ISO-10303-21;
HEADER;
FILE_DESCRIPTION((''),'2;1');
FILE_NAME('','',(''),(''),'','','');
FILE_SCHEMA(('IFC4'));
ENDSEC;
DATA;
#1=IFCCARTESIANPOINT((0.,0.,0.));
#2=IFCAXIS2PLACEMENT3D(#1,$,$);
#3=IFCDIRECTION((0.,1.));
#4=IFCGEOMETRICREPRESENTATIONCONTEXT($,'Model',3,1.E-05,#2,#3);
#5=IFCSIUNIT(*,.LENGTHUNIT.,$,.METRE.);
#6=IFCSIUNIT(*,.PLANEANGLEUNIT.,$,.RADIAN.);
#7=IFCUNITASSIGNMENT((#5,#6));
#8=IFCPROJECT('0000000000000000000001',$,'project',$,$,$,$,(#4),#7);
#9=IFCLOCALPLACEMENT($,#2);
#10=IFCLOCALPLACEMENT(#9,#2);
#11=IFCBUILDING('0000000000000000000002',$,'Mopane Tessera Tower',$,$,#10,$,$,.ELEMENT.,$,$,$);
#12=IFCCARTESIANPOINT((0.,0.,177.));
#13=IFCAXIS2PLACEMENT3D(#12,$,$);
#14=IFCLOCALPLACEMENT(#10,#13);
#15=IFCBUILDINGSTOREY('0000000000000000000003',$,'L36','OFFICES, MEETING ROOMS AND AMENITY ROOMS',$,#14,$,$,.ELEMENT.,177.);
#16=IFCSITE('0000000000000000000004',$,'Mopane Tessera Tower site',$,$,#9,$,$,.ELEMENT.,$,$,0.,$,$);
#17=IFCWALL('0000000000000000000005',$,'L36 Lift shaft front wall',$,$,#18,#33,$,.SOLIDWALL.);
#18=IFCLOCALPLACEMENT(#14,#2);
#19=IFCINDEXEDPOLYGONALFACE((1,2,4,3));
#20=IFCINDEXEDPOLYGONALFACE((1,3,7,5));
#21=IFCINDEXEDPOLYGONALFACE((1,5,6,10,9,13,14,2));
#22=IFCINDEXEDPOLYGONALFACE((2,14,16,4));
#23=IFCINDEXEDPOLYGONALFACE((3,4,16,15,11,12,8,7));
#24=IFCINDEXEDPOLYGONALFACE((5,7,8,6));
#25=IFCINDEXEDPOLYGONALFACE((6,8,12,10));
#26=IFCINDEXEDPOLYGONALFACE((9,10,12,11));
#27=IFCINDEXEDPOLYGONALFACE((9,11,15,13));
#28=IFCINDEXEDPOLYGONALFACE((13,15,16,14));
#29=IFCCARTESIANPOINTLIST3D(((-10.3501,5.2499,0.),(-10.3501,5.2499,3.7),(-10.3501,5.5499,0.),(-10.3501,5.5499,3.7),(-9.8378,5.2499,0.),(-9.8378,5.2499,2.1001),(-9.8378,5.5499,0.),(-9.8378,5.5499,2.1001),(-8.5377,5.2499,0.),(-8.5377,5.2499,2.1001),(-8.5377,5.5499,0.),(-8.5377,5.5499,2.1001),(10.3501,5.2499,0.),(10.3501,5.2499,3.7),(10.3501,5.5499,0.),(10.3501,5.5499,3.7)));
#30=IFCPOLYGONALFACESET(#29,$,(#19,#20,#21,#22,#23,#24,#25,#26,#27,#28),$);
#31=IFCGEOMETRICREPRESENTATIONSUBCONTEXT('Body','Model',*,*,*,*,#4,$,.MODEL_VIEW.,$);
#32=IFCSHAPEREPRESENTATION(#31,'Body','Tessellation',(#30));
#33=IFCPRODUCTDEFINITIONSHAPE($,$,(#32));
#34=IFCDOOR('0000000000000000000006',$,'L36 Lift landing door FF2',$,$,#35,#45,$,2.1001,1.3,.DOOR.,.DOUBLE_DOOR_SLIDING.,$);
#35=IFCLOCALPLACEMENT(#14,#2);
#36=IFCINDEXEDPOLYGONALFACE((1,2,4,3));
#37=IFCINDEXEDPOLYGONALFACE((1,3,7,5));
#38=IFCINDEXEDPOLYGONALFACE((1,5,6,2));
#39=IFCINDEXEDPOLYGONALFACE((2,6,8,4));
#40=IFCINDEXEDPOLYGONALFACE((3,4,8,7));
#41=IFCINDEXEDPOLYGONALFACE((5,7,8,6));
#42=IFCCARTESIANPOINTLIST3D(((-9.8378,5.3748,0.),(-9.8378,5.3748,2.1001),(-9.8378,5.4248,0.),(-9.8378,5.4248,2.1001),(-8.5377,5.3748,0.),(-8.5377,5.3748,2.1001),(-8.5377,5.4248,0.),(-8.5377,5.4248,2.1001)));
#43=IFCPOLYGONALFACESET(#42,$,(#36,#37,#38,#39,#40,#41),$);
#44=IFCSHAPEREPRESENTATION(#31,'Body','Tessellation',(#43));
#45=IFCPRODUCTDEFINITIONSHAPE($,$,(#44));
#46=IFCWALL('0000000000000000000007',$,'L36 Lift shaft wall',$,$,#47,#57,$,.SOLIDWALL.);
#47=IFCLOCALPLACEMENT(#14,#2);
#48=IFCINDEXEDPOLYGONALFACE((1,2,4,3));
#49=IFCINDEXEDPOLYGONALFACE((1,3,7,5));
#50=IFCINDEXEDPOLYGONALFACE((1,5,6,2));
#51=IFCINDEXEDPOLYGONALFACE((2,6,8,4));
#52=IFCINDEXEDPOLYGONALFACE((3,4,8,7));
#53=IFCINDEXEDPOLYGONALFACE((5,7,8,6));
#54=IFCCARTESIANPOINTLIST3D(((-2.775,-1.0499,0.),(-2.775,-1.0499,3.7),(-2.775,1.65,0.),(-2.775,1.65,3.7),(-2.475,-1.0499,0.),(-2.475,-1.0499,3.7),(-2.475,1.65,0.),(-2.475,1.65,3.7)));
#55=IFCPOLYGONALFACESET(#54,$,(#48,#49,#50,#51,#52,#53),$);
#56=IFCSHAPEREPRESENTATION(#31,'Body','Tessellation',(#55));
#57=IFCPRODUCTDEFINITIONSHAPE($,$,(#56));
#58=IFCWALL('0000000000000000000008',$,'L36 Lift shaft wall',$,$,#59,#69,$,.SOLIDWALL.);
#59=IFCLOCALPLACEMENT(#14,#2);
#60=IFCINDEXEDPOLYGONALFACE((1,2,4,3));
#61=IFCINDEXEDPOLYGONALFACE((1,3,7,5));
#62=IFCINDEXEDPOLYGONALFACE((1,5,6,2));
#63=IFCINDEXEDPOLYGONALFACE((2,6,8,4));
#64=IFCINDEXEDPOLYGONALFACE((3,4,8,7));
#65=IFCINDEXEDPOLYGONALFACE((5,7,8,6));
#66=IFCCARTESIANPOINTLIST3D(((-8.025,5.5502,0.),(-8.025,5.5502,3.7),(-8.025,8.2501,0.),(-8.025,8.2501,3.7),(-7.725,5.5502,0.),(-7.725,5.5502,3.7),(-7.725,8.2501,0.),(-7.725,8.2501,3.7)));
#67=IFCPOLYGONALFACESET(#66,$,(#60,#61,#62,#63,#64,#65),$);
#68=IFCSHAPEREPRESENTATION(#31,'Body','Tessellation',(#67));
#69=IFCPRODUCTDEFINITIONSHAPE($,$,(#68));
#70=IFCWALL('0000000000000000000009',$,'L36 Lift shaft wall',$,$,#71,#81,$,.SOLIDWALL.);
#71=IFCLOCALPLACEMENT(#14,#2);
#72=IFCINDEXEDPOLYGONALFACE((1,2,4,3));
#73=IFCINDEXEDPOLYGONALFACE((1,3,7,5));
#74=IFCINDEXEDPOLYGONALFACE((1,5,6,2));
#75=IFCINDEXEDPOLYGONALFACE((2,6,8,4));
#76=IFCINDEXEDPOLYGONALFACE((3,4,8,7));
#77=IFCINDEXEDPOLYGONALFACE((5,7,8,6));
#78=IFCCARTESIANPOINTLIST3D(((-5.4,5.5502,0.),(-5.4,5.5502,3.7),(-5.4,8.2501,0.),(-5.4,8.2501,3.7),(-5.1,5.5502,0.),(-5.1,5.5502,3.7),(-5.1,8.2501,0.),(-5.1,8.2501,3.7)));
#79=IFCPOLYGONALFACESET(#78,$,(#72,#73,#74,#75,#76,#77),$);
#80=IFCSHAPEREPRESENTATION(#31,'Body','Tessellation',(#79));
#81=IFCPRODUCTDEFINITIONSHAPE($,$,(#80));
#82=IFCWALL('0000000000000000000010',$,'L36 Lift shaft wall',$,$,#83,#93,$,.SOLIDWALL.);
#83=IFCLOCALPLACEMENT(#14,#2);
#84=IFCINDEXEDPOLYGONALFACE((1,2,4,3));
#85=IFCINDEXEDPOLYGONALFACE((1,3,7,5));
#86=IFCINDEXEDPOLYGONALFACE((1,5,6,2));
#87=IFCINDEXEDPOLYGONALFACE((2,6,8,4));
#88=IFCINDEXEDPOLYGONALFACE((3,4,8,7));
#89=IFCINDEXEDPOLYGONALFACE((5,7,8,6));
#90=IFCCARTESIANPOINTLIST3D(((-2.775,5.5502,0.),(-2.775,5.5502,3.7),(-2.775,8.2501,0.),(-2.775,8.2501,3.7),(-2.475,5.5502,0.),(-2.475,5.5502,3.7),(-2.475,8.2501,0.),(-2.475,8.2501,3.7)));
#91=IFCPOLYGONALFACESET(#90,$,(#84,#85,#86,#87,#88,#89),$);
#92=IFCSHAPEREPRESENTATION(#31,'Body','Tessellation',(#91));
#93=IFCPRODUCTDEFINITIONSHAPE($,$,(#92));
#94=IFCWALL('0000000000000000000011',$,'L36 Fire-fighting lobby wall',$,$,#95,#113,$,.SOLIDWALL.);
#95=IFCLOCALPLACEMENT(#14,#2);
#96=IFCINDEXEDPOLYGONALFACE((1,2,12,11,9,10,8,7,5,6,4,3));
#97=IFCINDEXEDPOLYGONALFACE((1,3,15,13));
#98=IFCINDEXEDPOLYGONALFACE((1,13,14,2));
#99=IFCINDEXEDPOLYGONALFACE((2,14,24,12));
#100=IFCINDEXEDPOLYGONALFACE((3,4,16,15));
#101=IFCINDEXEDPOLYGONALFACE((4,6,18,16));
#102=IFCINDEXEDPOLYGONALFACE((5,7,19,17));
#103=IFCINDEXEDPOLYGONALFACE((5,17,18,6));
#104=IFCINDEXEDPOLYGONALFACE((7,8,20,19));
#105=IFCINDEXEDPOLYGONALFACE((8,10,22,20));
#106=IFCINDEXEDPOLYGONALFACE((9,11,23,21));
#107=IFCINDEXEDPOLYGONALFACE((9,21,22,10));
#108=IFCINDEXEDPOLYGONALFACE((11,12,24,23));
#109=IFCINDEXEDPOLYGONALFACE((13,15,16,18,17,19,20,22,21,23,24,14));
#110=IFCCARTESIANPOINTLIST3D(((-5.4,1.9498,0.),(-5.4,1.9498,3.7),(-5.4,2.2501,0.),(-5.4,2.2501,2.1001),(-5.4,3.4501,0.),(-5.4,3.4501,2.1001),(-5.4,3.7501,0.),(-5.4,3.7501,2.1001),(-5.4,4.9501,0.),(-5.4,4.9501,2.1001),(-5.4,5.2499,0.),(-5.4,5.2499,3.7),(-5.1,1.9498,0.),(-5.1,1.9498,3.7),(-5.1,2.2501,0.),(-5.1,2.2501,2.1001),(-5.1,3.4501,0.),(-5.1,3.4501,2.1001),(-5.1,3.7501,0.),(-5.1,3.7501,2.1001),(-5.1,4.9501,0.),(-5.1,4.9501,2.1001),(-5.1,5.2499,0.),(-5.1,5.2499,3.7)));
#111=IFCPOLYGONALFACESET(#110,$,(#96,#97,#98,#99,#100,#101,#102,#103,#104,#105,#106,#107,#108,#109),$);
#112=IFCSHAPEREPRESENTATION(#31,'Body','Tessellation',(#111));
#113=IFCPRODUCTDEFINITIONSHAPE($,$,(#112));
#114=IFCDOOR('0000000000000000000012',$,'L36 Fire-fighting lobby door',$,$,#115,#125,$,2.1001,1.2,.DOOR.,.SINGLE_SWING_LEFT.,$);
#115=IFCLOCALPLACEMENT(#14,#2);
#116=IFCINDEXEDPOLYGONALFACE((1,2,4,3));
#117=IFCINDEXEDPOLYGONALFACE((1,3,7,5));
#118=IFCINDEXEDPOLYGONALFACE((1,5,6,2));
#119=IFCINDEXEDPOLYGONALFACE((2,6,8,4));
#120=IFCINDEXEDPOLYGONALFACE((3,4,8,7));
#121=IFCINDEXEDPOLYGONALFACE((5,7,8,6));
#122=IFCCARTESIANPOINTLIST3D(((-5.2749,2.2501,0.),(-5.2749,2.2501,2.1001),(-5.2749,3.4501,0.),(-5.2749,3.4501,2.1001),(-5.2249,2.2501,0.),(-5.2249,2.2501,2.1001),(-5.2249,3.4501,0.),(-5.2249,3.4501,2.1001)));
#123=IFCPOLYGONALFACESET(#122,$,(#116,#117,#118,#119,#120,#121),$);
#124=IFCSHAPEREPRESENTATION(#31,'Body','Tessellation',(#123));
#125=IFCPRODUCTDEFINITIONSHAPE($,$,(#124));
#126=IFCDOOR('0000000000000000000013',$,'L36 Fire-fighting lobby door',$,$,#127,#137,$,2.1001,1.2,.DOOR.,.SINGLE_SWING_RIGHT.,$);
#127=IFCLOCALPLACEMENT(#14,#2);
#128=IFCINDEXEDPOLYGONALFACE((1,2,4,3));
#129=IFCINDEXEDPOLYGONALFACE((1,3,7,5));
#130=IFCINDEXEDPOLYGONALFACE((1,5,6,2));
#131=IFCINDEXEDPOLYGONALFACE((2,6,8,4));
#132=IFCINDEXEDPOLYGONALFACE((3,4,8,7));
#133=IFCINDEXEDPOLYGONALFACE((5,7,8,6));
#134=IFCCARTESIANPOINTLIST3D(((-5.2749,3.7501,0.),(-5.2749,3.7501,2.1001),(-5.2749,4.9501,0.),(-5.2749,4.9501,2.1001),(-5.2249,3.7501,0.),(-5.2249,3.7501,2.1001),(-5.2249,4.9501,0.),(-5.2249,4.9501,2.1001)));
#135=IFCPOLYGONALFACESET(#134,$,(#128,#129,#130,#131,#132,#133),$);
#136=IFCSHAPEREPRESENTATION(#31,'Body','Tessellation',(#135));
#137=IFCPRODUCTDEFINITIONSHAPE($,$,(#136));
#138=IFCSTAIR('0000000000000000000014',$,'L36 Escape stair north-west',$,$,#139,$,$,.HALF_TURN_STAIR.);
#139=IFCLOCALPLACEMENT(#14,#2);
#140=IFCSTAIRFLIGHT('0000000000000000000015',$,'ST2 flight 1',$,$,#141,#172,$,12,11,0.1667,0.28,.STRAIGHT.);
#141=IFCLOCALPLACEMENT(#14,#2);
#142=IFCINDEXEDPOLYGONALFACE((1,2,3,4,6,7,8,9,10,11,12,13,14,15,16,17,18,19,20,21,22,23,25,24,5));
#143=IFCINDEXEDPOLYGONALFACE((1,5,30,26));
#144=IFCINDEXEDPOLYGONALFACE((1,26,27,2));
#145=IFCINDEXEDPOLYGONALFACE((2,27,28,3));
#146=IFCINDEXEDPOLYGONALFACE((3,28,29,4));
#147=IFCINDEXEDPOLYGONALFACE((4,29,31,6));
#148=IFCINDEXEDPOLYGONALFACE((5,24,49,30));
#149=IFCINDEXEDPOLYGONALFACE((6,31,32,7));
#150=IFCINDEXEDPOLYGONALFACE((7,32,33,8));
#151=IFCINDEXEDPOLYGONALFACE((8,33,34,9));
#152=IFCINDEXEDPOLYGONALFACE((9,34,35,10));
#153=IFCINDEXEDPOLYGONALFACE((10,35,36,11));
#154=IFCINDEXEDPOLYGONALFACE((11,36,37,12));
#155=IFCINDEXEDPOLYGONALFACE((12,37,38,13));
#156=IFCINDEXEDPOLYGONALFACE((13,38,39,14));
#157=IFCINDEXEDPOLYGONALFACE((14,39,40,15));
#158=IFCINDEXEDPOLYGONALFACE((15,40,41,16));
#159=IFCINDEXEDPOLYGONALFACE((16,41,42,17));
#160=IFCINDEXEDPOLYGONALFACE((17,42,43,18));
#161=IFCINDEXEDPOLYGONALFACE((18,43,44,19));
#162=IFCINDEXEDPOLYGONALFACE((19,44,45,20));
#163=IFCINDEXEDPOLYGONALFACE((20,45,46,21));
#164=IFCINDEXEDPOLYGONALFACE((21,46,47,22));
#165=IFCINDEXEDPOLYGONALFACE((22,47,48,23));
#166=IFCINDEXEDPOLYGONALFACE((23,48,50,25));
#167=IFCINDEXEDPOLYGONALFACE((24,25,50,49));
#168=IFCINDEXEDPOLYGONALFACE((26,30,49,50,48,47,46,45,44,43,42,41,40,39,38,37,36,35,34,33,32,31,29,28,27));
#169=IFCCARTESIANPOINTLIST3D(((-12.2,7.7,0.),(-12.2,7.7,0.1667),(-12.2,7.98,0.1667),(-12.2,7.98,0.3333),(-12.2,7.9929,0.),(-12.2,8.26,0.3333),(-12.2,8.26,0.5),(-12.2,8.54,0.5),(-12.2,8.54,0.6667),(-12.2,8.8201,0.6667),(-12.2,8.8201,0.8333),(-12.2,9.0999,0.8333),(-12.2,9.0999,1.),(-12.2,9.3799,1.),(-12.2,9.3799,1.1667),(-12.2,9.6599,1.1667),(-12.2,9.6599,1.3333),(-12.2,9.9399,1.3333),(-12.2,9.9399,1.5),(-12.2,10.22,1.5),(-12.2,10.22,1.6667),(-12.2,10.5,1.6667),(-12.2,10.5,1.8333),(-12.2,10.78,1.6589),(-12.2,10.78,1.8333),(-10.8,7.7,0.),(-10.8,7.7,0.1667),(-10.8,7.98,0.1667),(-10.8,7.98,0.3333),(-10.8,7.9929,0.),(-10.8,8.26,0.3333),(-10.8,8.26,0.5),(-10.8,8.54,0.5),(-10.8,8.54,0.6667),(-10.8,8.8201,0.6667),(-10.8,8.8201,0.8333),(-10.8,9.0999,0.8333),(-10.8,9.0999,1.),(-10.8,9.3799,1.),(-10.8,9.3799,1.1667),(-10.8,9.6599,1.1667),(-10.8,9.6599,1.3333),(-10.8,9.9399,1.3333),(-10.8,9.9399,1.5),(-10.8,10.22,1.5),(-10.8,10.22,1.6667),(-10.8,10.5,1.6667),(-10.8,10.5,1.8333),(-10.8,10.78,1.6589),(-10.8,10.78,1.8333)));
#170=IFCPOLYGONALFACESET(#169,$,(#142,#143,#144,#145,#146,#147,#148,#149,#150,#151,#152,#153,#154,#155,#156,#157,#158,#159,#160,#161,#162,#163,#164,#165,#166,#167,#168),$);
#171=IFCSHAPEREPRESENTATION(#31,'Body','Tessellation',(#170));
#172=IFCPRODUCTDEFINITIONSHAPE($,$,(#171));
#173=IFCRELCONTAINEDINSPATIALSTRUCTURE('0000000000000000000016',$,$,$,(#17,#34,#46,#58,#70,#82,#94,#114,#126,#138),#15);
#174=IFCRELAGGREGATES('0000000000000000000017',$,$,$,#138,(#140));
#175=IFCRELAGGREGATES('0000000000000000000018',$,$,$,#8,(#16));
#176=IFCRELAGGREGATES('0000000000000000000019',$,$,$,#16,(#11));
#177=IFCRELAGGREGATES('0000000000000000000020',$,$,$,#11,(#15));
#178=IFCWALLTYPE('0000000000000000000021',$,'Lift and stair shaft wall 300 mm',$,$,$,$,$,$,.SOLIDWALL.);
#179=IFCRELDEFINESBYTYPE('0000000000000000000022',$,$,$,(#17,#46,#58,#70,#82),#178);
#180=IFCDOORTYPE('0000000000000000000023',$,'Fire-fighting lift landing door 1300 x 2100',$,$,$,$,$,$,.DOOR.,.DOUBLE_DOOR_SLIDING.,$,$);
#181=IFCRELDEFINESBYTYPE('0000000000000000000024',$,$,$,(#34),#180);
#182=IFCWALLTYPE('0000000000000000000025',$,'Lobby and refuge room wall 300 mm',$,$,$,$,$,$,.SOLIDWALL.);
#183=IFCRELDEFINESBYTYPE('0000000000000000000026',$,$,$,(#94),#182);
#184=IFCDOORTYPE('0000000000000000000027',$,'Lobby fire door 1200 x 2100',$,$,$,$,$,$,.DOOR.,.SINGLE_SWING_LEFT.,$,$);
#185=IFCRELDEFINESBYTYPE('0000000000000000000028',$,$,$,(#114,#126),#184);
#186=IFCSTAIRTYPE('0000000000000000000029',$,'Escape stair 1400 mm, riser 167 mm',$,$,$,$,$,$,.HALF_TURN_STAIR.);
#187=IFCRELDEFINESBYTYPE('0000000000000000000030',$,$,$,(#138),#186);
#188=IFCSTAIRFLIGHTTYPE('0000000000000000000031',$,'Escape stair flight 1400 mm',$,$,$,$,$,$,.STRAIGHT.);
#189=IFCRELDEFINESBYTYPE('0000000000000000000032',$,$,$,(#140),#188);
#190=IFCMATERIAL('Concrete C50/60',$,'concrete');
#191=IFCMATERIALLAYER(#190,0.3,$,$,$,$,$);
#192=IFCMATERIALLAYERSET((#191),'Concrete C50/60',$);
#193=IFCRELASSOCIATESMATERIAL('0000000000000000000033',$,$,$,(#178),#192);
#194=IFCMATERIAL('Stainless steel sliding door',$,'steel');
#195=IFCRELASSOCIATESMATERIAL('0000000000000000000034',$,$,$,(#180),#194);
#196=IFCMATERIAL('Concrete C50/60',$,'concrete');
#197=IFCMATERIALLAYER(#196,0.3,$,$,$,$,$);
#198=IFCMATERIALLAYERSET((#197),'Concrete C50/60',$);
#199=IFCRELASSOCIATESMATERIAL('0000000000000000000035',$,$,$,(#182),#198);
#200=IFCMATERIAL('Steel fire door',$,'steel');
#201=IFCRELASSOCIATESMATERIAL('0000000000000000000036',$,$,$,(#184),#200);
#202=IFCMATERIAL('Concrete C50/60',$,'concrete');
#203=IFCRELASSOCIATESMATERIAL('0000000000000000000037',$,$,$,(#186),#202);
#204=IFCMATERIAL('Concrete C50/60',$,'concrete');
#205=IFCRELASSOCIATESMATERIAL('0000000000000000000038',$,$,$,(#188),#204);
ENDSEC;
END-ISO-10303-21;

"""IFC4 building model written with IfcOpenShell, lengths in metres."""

from ifc_helpers import new_model, si_unit, direction, frame, frame_2d, origin, place, context, subcontext, project, spatial, polyline, rectangle, outline, extrude, material, layer, layer_set, type_object, element, fill, aggregate, save


model = new_model("IFC4")

# Units and contexts
model_context = context("Model", 3, precision=1e-05, world=origin(), true_north=direction((0.0, 1.0)))
body_context = subcontext(model_context, "Body", "Model", "MODEL_VIEW")
ifc_project = project(units=[si_unit("LENGTHUNIT", "METRE"), si_unit("PLANEANGLEUNIT", "RADIAN")], contexts=[model_context])

# Site, building, storey
site_placement = place(None, origin())
site = spatial("IfcSite", under=ifc_project, at=site_placement, Name="Mopane Tessera Tower site", CompositionType="ELEMENT", RefElevation=0.0)
building_placement = place(site_placement, origin())
building = spatial("IfcBuilding", under=site, at=building_placement, Name="Mopane Tessera Tower", CompositionType="ELEMENT")
storey_placement = place(building_placement, frame((0.0, 0.0, 177.0)))
storey = spatial("IfcBuildingStorey", under=building, at=storey_placement, Name="L36", Description="OFFICES, MEETING ROOMS AND AMENITY ROOMS", CompositionType="ELEMENT", Elevation=177.0)

# Shared definitions
ifc_material_1 = material(Name="Concrete C50/60", Category="concrete")
ifc_layer_1 = layer(ifc_material_1, 0.3)
ifc_layer_set_1 = layer_set([ifc_layer_1], Name="Concrete C50/60")
wall_type_1 = type_object("IfcWallType", Name="Lift and stair shaft wall 300 mm", PredefinedType="SOLIDWALL", material=ifc_layer_set_1)

# Shared definitions
ifc_material_2 = material(Name="Stainless steel sliding door", Category="steel")
door_type_1 = type_object("IfcDoorType", Name="Fire-fighting lift landing door 1300 x 2100", OperationType="DOUBLE_DOOR_SLIDING", PredefinedType="DOOR", material=ifc_material_2)

# Wall, opening, door
wall_1_placement = place(storey_placement, frame((-10.3501, 5.3999, 0.0), z_axis=(0.0, 0.0, 1.0), x_axis=(1.0, 0.0, 0.0)))
wall_1 = element("IfcWall", 1, at=wall_1_placement, inside=storey, type_object=wall_type_1, Name="L36 Lift shaft front wall", PredefinedType="SOLIDWALL", context=body_context, shape_type="SweptSolid", body=[
    extrude(rectangle(XDim=20.7002, YDim=0.3, at=frame_2d((10.3501, 0.0))), origin(), (0.0, 0.0, 1.0), 3.7),
])
opening_1_placement = place(wall_1_placement, frame((0.5125, 0.0, 0.0)))
opening_1 = element("IfcOpeningElement", 2, at=opening_1_placement, cuts=wall_1, PredefinedType="OPENING", context=body_context, shape_type="SweptSolid", body=[
    extrude(rectangle(XDim=1.3, YDim=2.1001, at=frame_2d((0.6499, 1.05))), frame((0.0, 0.1621, 0.0), z_axis=(0.0, -1.0, 0.0), x_axis=(1.0, 0.0, 0.0)), (0.0, 0.0, 1.0), 0.324),
])
door_1_placement = place(opening_1_placement, origin())
door_1 = element("IfcDoor", 3, at=door_1_placement, inside=storey, type_object=door_type_1, Name="L36 Lift landing door FF2", OperationType="DOUBLE_DOOR_SLIDING", OverallHeight=2.1001, OverallWidth=1.3, PredefinedType="DOOR", context=body_context, shape_type="SweptSolid", body=[
    extrude(rectangle(XDim=1.3, YDim=2.1001, at=frame_2d((0.6499, 1.05))), frame((0.0, 0.0249, 0.0), z_axis=(0.0, -1.0, 0.0), x_axis=(1.0, 0.0, 0.0)), (0.0, 0.0, 1.0), 0.05),
])
fill(opening_1, door_1)

# Walls
for number, where, z_axis, x_axis, name in (
    (4, (-2.625, -1.05, 0.0), (0.0, 0.0, 1.0), (0.0, 1.0, 0.0), "L36 Lift shaft wall"),
    (5, (-7.875, 5.55, 0.0), (0.0, 0.0, 1.0), (0.0, 1.0, 0.0), "L36 Lift shaft wall"),
    (6, (-5.25, 5.55, 0.0), (0.0, 0.0, 1.0), (0.0, 1.0, 0.0), "L36 Lift shaft wall"),
    (7, (-2.625, 5.55, 0.0), (0.0, 0.0, 1.0), (0.0, 1.0, 0.0), "L36 Lift shaft wall"),
):
    element("IfcWall", number, at=place(storey_placement, frame(where, z_axis=z_axis, x_axis=x_axis)), inside=storey, type_object=wall_type_1, Name=name, PredefinedType="SOLIDWALL", context=body_context, shape_type="SweptSolid", body=[
        extrude(rectangle(XDim=2.7, YDim=0.3, at=frame_2d((1.3501, 0.0))), origin(), (0.0, 0.0, 1.0), 3.7),
    ])

# Wall, openings, doors
ifc_material_3 = material(Name="Concrete C50/60", Category="concrete")
ifc_layer_2 = layer(ifc_material_3, 0.3)
ifc_layer_set_2 = layer_set([ifc_layer_2], Name="Concrete C50/60")
wall_type_2 = type_object("IfcWallType", Name="Lobby and refuge room wall 300 mm", PredefinedType="SOLIDWALL", material=ifc_layer_set_2)
wall_2_placement = place(storey_placement, frame((-5.25, 1.95, 0.0), z_axis=(0.0, 0.0, 1.0), x_axis=(0.0, 1.0, 0.0)))
wall_2 = element("IfcWall", 8, at=wall_2_placement, inside=storey, type_object=wall_type_2, Name="L36 Fire-fighting lobby wall", PredefinedType="SOLIDWALL", context=body_context, shape_type="SweptSolid", body=[
    extrude(rectangle(XDim=3.3, YDim=0.3, at=frame_2d((1.6499, 0.0))), origin(), (0.0, 0.0, 1.0), 3.7),
])
opening_2_placement = place(wall_2_placement, frame((0.3, 0.0, 0.0)))
opening_2 = element("IfcOpeningElement", 9, at=opening_2_placement, cuts=wall_2, PredefinedType="OPENING", context=body_context, shape_type="SweptSolid", body=[
    extrude(rectangle(XDim=1.2, YDim=2.1001, at=frame_2d((0.6001, 1.05))), frame((0.0, 0.1621, 0.0), z_axis=(0.0, -1.0, 0.0), x_axis=(1.0, 0.0, 0.0)), (0.0, 0.0, 1.0), 0.324),
])
opening_3_placement = place(wall_2_placement, frame((1.8, 0.0, 0.0)))
opening_3 = element("IfcOpeningElement", 10, at=opening_3_placement, cuts=wall_2, PredefinedType="OPENING", context=body_context, shape_type="SweptSolid", body=[
    extrude(rectangle(XDim=1.2, YDim=2.1001, at=frame_2d((0.6001, 1.05))), frame((0.0, 0.1621, 0.0), z_axis=(0.0, -1.0, 0.0), x_axis=(1.0, 0.0, 0.0)), (0.0, 0.0, 1.0), 0.324),
])
ifc_material_4 = material(Name="Steel fire door", Category="steel")
door_type_2 = type_object("IfcDoorType", Name="Lobby fire door 1200 x 2100", OperationType="SINGLE_SWING_LEFT", PredefinedType="DOOR", material=ifc_material_4)
door_2_placement = place(opening_2_placement, origin())
door_2 = element("IfcDoor", 11, at=door_2_placement, inside=storey, type_object=door_type_2, Name="L36 Fire-fighting lobby door", OperationType="SINGLE_SWING_LEFT", OverallHeight=2.1001, OverallWidth=1.2, PredefinedType="DOOR", context=body_context, shape_type="SweptSolid", body=[
    extrude(rectangle(XDim=1.2, YDim=2.1001, at=frame_2d((0.6001, 1.05))), frame((0.0, 0.0249, 0.0), z_axis=(0.0, -1.0, 0.0), x_axis=(1.0, 0.0, 0.0)), (0.0, 0.0, 1.0), 0.05),
])
fill(opening_2, door_2)
door_3_placement = place(opening_3_placement, origin())
door_3 = element("IfcDoor", 12, at=door_3_placement, inside=storey, type_object=door_type_2, Name="L36 Fire-fighting lobby door", OperationType="SINGLE_SWING_RIGHT", OverallHeight=2.1001, OverallWidth=1.2, PredefinedType="DOOR", context=body_context, shape_type="SweptSolid", body=[
    extrude(rectangle(XDim=1.2, YDim=2.1001, at=frame_2d((0.6001, 1.05))), frame((0.0, 0.0249, 0.0), z_axis=(0.0, -1.0, 0.0), x_axis=(1.0, 0.0, 0.0)), (0.0, 0.0, 1.0), 0.05),
])
fill(opening_3, door_3)

# Stair, stair flight
ifc_material_5 = material(Name="Concrete C50/60", Category="concrete")
stair_type = type_object("IfcStairType", Name="Escape stair 1400 mm, riser 167 mm", PredefinedType="HALF_TURN_STAIR", material=ifc_material_5)
stair_placement = place(storey_placement, origin())
stair = element("IfcStair", 13, at=stair_placement, inside=storey, type_object=stair_type, Name="L36 Escape stair north-west", PredefinedType="HALF_TURN_STAIR")
ifc_material_6 = material(Name="Concrete C50/60", Category="concrete")
stair_flight_type = type_object("IfcStairFlightType", Name="Escape stair flight 1400 mm", PredefinedType="STRAIGHT", material=ifc_material_6)
stair_flight_placement = place(storey_placement, frame((-11.5, 7.7, 0.0), z_axis=(0.0, 0.0, 1.0), x_axis=(0.0, 1.0, 0.0)))
stair_flight = element("IfcStairFlight", 14, at=stair_flight_placement, type_object=stair_flight_type, Name="ST2 flight 1", NumberOfRisers=12, NumberOfTreads=11, PredefinedType="STRAIGHT", RiserHeight=0.1667, TreadLength=0.28, context=body_context, shape_type="SweptSolid", body=[
    extrude(outline(polyline([(0.0, 0.0), (0.0, 0.1667), (0.28, 0.1667), (0.28, 0.3333), (0.5601, 0.3333), (0.5601, 0.5), (0.8401, 0.5), (0.8401, 0.6667), (1.1201, 0.6667), (1.1201, 0.8333), (1.3999, 0.8333), (1.3999, 1.0), (1.6799, 1.0), (1.6799, 1.1667), (1.96, 1.1667), (1.96, 1.3333), (2.24, 1.3333), (2.24, 1.5), (2.52, 1.5), (2.52, 1.6667), (2.8, 1.6667), (2.8, 1.8333), (3.0801, 1.8333), (3.0801, 2.0), (3.0801, 1.6589), (0.293, 0.0), (0.0, 0.0)])), frame((0.0, 0.7, 0.0), z_axis=(0.0, -1.0, 0.0), x_axis=(1.0, 0.0, 0.0)), (0.0, 0.0, 1.0), 1.3999),
])
aggregate(stair, [stair_flight])

save(model, "model.ifc")
